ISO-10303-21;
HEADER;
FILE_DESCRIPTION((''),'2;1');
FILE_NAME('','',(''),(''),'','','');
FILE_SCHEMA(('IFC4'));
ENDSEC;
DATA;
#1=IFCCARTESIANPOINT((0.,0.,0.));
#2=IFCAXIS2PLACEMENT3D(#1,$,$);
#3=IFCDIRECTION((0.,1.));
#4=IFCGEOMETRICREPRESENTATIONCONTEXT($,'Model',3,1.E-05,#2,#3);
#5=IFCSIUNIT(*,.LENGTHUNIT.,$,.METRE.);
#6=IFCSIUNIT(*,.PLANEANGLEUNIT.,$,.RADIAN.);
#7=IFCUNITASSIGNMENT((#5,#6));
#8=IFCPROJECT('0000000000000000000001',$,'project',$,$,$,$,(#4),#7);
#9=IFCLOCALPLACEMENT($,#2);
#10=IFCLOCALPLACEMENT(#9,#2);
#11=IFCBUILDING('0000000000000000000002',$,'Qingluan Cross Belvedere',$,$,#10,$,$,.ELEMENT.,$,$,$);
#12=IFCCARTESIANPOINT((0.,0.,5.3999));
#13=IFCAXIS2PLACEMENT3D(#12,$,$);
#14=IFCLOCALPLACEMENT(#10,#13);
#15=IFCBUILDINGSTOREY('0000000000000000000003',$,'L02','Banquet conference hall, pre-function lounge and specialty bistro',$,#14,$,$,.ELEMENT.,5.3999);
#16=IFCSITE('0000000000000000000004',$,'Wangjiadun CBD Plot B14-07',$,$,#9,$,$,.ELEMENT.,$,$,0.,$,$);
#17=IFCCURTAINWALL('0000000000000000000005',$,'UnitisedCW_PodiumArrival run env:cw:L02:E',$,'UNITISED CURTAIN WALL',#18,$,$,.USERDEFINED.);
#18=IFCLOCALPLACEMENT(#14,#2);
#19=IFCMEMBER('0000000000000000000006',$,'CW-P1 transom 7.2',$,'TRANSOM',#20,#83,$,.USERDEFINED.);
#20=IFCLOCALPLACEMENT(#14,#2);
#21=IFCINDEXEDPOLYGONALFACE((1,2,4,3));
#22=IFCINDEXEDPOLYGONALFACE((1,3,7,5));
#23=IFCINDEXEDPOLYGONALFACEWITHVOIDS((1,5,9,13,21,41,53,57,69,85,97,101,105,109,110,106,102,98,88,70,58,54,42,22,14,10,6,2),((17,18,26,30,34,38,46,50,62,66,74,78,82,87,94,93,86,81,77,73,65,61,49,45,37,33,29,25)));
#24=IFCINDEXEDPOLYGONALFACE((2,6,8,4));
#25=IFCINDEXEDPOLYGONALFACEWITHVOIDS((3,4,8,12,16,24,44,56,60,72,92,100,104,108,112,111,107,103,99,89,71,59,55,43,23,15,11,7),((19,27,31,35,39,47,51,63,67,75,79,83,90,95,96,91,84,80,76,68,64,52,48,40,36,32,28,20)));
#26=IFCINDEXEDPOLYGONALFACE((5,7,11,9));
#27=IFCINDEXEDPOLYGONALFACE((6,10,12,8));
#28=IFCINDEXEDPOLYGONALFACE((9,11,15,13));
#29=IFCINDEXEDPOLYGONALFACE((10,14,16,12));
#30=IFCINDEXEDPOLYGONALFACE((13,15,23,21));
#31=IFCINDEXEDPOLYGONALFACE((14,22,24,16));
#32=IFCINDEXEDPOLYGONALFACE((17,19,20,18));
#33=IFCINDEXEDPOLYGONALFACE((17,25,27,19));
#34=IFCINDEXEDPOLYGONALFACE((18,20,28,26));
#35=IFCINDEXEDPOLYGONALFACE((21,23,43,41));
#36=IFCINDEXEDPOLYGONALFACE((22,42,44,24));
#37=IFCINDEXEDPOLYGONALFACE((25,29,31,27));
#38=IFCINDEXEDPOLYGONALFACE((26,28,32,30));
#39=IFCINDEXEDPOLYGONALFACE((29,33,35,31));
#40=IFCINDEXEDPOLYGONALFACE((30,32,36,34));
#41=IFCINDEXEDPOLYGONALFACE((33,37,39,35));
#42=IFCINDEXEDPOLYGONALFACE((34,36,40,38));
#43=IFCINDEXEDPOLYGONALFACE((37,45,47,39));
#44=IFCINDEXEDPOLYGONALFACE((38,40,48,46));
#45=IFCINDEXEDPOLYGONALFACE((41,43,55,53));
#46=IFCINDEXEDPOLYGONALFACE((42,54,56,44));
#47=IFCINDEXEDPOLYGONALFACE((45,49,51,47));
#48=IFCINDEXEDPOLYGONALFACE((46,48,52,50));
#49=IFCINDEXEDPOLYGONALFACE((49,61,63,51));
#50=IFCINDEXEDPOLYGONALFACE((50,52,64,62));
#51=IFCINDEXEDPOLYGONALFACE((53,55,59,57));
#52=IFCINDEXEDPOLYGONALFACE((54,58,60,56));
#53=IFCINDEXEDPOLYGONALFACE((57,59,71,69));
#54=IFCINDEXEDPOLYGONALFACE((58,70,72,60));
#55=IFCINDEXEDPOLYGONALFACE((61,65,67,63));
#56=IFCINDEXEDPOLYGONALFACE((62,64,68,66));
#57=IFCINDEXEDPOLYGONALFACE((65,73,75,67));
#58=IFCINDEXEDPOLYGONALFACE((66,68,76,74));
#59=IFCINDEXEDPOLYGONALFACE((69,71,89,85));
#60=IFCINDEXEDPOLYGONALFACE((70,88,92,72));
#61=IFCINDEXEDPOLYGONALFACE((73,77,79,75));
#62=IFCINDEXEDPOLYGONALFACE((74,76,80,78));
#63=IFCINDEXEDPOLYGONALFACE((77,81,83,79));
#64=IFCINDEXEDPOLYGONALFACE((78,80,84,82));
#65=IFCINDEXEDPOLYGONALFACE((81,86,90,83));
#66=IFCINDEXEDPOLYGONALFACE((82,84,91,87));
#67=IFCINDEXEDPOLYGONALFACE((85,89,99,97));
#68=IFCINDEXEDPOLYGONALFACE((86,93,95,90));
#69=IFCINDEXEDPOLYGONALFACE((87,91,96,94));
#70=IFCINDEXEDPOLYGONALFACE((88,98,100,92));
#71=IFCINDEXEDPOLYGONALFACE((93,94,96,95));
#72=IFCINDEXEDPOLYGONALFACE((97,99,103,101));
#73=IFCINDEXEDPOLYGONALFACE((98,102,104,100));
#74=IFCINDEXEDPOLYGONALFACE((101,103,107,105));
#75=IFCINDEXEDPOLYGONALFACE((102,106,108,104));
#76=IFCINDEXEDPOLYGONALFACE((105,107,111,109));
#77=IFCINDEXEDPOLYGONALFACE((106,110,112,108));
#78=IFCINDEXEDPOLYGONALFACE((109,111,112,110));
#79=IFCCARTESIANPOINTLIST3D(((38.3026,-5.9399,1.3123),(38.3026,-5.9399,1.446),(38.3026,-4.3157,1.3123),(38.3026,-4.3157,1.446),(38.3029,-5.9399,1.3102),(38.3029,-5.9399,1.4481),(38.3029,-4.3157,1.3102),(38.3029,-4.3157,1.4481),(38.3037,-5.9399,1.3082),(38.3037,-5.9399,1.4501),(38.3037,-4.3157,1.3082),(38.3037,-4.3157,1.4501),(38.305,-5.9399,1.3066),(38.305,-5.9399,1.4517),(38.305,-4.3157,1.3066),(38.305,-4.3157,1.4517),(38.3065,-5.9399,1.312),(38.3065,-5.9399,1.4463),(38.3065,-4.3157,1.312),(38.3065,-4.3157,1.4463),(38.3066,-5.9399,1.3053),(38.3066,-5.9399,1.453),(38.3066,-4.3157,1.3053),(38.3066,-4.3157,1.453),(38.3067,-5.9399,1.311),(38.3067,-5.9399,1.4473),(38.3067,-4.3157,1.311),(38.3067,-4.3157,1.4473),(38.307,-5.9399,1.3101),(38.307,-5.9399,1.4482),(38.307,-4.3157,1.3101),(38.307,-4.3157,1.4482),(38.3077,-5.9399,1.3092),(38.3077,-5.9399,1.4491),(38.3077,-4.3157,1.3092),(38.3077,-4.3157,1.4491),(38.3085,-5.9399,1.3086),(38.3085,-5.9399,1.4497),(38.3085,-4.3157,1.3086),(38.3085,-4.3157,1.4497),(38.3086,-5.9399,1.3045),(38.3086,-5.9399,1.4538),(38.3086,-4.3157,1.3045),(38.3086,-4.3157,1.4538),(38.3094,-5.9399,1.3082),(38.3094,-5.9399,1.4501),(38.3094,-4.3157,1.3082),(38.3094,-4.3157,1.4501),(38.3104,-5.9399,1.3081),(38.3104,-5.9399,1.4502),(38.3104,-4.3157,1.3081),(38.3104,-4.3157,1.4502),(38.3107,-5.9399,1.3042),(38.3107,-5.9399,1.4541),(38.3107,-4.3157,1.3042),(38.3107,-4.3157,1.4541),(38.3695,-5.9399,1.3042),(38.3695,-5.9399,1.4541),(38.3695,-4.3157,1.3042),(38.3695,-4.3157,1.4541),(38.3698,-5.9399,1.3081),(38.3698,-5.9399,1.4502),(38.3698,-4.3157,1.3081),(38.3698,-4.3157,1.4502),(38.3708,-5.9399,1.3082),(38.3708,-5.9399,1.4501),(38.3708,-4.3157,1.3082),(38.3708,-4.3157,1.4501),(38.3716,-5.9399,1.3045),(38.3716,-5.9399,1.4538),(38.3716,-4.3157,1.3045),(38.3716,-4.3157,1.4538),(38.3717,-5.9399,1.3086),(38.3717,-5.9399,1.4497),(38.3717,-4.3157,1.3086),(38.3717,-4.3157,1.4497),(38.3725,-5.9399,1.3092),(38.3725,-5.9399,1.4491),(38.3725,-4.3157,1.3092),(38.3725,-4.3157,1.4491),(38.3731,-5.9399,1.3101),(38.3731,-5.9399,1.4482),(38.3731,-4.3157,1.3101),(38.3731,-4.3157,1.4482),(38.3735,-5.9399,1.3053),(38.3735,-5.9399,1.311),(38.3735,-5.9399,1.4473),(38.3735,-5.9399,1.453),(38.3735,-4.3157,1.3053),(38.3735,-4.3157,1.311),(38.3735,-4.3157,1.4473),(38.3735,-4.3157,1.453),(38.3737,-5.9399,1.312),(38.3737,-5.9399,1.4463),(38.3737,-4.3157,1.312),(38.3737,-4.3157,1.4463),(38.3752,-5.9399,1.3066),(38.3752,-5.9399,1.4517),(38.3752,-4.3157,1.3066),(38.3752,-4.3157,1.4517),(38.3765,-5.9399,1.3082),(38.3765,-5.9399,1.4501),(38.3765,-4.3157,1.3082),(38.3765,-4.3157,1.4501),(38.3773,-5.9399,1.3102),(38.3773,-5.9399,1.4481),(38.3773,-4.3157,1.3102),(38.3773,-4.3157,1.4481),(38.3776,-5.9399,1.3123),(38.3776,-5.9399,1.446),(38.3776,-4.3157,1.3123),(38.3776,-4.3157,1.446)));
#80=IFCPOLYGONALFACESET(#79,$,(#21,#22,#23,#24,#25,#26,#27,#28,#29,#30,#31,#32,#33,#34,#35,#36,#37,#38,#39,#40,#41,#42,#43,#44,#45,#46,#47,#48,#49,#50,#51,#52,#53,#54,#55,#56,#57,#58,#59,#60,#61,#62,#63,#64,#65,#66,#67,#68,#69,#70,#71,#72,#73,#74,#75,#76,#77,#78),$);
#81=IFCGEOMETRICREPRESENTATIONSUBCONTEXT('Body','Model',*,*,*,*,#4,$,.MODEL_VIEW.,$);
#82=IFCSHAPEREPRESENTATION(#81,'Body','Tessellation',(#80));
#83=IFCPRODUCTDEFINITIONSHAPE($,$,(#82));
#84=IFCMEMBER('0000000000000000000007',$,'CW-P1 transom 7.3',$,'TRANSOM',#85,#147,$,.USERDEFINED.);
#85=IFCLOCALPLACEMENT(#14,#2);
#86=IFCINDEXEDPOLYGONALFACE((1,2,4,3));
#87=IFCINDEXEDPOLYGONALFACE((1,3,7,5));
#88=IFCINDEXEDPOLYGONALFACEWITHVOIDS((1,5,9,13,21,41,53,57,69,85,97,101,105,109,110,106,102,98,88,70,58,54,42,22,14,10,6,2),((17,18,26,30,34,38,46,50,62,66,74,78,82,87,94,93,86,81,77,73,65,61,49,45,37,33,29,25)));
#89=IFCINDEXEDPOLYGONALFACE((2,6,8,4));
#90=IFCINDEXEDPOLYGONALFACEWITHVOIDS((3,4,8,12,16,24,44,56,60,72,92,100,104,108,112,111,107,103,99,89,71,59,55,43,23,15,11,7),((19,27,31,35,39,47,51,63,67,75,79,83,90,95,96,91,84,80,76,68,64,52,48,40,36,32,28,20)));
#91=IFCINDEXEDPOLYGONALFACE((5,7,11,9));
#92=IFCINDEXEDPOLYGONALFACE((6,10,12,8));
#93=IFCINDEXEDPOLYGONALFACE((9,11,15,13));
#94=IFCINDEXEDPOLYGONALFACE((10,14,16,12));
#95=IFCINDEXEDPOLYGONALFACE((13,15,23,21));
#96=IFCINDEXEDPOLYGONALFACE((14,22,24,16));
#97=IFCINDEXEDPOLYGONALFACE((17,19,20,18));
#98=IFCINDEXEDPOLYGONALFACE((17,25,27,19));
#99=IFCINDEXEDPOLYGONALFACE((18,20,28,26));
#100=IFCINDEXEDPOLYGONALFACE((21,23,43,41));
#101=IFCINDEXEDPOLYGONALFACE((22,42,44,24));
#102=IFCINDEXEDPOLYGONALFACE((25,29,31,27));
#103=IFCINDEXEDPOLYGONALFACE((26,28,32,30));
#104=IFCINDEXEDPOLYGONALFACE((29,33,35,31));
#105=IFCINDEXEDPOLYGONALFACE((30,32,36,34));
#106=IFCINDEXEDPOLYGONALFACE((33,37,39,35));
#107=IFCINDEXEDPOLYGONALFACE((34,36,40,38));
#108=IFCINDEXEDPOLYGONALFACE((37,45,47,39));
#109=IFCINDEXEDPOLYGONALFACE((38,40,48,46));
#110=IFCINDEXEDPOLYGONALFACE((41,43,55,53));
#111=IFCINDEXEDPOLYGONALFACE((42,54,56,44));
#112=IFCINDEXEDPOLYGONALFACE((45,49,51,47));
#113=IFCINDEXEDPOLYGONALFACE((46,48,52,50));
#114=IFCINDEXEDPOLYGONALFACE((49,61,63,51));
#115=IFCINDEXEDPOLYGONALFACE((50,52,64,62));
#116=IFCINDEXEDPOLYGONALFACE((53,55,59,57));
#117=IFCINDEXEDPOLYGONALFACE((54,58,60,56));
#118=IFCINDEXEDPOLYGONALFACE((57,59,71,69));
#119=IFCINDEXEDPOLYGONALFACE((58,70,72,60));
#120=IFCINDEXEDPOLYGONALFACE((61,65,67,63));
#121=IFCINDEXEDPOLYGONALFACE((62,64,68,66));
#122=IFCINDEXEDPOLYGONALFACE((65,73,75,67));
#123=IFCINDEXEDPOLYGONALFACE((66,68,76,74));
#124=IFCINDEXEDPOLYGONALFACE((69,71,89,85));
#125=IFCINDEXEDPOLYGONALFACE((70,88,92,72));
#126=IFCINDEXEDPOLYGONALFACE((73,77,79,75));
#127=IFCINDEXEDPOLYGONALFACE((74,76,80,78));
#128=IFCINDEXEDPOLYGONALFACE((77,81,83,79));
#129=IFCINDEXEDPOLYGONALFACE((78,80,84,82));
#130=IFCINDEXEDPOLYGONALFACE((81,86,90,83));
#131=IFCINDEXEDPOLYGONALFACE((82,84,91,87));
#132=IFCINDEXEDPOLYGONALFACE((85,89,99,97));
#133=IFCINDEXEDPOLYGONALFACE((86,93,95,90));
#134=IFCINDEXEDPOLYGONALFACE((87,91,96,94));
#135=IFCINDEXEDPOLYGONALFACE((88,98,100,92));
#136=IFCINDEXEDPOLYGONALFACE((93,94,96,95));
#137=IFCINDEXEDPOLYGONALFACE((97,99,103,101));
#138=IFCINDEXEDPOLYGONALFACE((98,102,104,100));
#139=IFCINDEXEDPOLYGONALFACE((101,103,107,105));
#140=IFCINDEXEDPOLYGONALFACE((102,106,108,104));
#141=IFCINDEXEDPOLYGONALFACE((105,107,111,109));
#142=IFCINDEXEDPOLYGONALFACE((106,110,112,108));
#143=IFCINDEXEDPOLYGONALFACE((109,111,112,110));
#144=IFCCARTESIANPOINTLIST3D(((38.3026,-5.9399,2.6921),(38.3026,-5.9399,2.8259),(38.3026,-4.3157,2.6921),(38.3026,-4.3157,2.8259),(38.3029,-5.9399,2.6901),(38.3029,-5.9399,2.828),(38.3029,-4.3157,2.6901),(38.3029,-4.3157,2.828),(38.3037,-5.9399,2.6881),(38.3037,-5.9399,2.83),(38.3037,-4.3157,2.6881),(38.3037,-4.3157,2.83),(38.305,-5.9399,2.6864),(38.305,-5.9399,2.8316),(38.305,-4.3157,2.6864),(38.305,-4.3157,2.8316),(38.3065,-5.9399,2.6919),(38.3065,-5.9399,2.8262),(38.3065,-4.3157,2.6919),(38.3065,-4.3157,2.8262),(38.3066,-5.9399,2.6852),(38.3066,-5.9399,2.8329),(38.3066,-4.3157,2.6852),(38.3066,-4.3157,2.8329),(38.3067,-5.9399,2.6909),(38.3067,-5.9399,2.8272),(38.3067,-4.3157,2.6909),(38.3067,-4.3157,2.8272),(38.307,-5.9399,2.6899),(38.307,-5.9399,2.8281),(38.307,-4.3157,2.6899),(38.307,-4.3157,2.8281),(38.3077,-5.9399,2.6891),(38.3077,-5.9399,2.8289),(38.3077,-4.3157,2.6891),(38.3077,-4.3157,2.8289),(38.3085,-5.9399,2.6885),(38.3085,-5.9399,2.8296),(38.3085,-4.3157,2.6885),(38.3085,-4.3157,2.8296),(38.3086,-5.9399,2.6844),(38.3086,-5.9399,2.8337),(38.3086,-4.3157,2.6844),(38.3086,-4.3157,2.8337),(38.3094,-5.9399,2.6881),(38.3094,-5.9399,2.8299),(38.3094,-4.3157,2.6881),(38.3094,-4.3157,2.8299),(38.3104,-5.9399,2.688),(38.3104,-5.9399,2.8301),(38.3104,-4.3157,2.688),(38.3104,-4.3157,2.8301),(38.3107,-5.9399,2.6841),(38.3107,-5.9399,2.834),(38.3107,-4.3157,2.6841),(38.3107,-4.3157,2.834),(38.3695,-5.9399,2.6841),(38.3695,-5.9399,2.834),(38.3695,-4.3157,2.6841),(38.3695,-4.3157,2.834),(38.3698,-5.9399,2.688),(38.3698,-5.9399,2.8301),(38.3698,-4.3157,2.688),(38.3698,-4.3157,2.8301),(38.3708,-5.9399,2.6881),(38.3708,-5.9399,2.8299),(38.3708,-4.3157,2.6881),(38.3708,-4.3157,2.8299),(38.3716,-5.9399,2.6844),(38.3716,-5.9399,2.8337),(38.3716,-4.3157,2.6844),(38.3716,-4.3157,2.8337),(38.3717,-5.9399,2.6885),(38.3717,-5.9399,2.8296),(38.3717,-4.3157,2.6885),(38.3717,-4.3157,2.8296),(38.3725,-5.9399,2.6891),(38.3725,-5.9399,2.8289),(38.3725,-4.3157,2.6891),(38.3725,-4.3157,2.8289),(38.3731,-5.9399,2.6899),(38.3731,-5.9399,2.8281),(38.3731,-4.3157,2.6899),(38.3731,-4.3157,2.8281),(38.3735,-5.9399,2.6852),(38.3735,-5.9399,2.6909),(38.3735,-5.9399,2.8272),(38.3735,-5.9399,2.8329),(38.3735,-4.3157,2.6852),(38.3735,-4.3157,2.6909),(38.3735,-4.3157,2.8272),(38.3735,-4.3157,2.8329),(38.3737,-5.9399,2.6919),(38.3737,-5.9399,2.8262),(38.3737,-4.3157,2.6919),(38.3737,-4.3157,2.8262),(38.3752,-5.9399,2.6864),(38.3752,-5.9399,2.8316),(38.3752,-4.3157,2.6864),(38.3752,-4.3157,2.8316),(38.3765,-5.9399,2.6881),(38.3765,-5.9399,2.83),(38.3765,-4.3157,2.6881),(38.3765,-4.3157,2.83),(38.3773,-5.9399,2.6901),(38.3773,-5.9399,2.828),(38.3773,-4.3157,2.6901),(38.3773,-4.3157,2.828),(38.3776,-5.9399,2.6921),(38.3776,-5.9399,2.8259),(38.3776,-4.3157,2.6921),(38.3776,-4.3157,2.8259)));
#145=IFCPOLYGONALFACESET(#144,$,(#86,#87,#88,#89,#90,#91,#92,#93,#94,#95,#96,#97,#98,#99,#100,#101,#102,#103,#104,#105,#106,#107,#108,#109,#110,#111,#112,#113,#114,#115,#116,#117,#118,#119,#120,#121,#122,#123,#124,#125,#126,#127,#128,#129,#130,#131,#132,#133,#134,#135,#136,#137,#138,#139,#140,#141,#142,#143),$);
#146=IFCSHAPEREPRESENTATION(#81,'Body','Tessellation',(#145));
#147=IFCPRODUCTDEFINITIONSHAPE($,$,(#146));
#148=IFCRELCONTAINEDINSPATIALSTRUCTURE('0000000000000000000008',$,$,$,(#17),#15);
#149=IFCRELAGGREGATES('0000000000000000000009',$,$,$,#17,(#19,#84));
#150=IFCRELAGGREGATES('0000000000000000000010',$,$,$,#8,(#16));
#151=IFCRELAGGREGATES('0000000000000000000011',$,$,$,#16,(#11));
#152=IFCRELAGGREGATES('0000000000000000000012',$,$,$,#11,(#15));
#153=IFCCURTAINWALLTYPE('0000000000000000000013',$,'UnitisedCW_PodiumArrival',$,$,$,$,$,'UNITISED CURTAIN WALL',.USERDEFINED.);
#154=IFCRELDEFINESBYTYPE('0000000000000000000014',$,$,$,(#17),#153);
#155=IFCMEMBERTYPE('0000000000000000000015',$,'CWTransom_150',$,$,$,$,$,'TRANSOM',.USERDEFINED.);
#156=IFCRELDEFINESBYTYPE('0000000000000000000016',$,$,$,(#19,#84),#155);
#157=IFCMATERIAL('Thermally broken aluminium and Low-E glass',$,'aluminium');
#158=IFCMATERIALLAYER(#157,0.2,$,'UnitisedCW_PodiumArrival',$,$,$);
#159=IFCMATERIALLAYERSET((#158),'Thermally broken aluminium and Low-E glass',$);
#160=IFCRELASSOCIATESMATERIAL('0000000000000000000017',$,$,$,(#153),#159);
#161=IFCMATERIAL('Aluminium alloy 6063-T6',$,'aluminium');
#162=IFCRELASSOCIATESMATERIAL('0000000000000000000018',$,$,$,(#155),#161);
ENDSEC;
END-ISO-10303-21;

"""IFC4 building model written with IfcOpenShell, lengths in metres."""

from ifc_helpers import new_model, si_unit, direction, frame, origin, origin_2d, place, context, subcontext, project, spatial, hollow_rectangle, extrude, material, layer, layer_set, material_profile, profile_set, type_object, element, aggregate, save


model = new_model("IFC4")

# Units and contexts
model_context = context("Model", 3, precision=1e-05, world=origin(), true_north=direction((0.0, 1.0)))
body_context = subcontext(model_context, "Body", "Model", "MODEL_VIEW")
ifc_project = project(units=[si_unit("LENGTHUNIT", "METRE"), si_unit("PLANEANGLEUNIT", "RADIAN")], contexts=[model_context])

# Site, building, storey
site_placement = place(None, origin())
site = spatial("IfcSite", under=ifc_project, at=site_placement, Name="Wangjiadun CBD Plot B14-07", CompositionType="ELEMENT", RefElevation=0.0)
building_placement = place(site_placement, origin())
building = spatial("IfcBuilding", under=site, at=building_placement, Name="Qingluan Cross Belvedere", CompositionType="ELEMENT")
storey_placement = place(building_placement, frame((0.0, 0.0, 5.3999)))
storey = spatial("IfcBuildingStorey", under=building, at=storey_placement, Name="L02", Description="Banquet conference hall, pre-function lounge and specialty bistro", CompositionType="ELEMENT", Elevation=5.3999)

# Curtain wall, members
ifc_material_1 = material(Name="Thermally broken aluminium and Low-E glass", Category="aluminium")
ifc_layer_1 = layer(ifc_material_1, 0.2, Name="UnitisedCW_PodiumArrival")
ifc_layer_set_1 = layer_set([ifc_layer_1], Name="Thermally broken aluminium and Low-E glass")
curtain_wall_type = type_object("IfcCurtainWallType", Name="UnitisedCW_PodiumArrival", ElementType="UNITISED CURTAIN WALL", PredefinedType="USERDEFINED", material=ifc_layer_set_1)
curtain_wall_placement = place(storey_placement, origin())
curtain_wall = element("IfcCurtainWall", 1, at=curtain_wall_placement, inside=storey, type_object=curtain_wall_type, Name="UnitisedCW_PodiumArrival run env:cw:L02:E", ObjectType="UNITISED CURTAIN WALL", PredefinedType="USERDEFINED")
ifc_material_2 = material(Name="Aluminium alloy 6063-T6", Category="aluminium")
ifc_material_profile_1 = material_profile(ifc_material_2, hollow_rectangle(XDim=0.075, YDim=0.1499, WallThickness=0.0039, InnerFilletRadius=0.0039, OuterFilletRadius=0.0081, at=origin_2d()), Name="CWT150x75x4")
ifc_profile_set_1 = profile_set([ifc_material_profile_1], Name="Aluminium alloy 6063-T6")
member_type_1 = type_object("IfcMemberType", Name="CWTransom_150", ElementType="TRANSOM", PredefinedType="USERDEFINED", material=ifc_profile_set_1)
member_1_placement = place(storey_placement, frame((38.3401, -4.3157, 1.3792), z_axis=(0.0, -1.0, 0.0), x_axis=(1.0, 0.0, 0.0)))
member_1 = element("IfcMember", 2, at=member_1_placement, type_object=member_type_1, Name="CW-P1 transom 7.2", ObjectType="TRANSOM", PredefinedType="USERDEFINED", context=body_context, shape_type="SweptSolid", body=[
    extrude(hollow_rectangle(XDim=0.075, YDim=0.1499, WallThickness=0.0039, InnerFilletRadius=0.0039, OuterFilletRadius=0.0081, at=origin_2d()), origin(), (0.0, 0.0, 1.0), 1.6243),
])
member_2_placement = place(storey_placement, frame((38.3401, -4.3157, 2.759), z_axis=(0.0, -1.0, 0.0), x_axis=(1.0, 0.0, 0.0)))
member_2 = element("IfcMember", 3, at=member_2_placement, type_object=member_type_1, Name="CW-P1 transom 7.3", ObjectType="TRANSOM", PredefinedType="USERDEFINED", context=body_context, shape_type="SweptSolid", body=[
    extrude(hollow_rectangle(XDim=0.075, YDim=0.1499, WallThickness=0.0039, InnerFilletRadius=0.0039, OuterFilletRadius=0.0081, at=origin_2d()), origin(), (0.0, 0.0, 1.0), 1.6243),
])

aggregate(curtain_wall, [member_1, member_2])

save(model, "model.ifc")
